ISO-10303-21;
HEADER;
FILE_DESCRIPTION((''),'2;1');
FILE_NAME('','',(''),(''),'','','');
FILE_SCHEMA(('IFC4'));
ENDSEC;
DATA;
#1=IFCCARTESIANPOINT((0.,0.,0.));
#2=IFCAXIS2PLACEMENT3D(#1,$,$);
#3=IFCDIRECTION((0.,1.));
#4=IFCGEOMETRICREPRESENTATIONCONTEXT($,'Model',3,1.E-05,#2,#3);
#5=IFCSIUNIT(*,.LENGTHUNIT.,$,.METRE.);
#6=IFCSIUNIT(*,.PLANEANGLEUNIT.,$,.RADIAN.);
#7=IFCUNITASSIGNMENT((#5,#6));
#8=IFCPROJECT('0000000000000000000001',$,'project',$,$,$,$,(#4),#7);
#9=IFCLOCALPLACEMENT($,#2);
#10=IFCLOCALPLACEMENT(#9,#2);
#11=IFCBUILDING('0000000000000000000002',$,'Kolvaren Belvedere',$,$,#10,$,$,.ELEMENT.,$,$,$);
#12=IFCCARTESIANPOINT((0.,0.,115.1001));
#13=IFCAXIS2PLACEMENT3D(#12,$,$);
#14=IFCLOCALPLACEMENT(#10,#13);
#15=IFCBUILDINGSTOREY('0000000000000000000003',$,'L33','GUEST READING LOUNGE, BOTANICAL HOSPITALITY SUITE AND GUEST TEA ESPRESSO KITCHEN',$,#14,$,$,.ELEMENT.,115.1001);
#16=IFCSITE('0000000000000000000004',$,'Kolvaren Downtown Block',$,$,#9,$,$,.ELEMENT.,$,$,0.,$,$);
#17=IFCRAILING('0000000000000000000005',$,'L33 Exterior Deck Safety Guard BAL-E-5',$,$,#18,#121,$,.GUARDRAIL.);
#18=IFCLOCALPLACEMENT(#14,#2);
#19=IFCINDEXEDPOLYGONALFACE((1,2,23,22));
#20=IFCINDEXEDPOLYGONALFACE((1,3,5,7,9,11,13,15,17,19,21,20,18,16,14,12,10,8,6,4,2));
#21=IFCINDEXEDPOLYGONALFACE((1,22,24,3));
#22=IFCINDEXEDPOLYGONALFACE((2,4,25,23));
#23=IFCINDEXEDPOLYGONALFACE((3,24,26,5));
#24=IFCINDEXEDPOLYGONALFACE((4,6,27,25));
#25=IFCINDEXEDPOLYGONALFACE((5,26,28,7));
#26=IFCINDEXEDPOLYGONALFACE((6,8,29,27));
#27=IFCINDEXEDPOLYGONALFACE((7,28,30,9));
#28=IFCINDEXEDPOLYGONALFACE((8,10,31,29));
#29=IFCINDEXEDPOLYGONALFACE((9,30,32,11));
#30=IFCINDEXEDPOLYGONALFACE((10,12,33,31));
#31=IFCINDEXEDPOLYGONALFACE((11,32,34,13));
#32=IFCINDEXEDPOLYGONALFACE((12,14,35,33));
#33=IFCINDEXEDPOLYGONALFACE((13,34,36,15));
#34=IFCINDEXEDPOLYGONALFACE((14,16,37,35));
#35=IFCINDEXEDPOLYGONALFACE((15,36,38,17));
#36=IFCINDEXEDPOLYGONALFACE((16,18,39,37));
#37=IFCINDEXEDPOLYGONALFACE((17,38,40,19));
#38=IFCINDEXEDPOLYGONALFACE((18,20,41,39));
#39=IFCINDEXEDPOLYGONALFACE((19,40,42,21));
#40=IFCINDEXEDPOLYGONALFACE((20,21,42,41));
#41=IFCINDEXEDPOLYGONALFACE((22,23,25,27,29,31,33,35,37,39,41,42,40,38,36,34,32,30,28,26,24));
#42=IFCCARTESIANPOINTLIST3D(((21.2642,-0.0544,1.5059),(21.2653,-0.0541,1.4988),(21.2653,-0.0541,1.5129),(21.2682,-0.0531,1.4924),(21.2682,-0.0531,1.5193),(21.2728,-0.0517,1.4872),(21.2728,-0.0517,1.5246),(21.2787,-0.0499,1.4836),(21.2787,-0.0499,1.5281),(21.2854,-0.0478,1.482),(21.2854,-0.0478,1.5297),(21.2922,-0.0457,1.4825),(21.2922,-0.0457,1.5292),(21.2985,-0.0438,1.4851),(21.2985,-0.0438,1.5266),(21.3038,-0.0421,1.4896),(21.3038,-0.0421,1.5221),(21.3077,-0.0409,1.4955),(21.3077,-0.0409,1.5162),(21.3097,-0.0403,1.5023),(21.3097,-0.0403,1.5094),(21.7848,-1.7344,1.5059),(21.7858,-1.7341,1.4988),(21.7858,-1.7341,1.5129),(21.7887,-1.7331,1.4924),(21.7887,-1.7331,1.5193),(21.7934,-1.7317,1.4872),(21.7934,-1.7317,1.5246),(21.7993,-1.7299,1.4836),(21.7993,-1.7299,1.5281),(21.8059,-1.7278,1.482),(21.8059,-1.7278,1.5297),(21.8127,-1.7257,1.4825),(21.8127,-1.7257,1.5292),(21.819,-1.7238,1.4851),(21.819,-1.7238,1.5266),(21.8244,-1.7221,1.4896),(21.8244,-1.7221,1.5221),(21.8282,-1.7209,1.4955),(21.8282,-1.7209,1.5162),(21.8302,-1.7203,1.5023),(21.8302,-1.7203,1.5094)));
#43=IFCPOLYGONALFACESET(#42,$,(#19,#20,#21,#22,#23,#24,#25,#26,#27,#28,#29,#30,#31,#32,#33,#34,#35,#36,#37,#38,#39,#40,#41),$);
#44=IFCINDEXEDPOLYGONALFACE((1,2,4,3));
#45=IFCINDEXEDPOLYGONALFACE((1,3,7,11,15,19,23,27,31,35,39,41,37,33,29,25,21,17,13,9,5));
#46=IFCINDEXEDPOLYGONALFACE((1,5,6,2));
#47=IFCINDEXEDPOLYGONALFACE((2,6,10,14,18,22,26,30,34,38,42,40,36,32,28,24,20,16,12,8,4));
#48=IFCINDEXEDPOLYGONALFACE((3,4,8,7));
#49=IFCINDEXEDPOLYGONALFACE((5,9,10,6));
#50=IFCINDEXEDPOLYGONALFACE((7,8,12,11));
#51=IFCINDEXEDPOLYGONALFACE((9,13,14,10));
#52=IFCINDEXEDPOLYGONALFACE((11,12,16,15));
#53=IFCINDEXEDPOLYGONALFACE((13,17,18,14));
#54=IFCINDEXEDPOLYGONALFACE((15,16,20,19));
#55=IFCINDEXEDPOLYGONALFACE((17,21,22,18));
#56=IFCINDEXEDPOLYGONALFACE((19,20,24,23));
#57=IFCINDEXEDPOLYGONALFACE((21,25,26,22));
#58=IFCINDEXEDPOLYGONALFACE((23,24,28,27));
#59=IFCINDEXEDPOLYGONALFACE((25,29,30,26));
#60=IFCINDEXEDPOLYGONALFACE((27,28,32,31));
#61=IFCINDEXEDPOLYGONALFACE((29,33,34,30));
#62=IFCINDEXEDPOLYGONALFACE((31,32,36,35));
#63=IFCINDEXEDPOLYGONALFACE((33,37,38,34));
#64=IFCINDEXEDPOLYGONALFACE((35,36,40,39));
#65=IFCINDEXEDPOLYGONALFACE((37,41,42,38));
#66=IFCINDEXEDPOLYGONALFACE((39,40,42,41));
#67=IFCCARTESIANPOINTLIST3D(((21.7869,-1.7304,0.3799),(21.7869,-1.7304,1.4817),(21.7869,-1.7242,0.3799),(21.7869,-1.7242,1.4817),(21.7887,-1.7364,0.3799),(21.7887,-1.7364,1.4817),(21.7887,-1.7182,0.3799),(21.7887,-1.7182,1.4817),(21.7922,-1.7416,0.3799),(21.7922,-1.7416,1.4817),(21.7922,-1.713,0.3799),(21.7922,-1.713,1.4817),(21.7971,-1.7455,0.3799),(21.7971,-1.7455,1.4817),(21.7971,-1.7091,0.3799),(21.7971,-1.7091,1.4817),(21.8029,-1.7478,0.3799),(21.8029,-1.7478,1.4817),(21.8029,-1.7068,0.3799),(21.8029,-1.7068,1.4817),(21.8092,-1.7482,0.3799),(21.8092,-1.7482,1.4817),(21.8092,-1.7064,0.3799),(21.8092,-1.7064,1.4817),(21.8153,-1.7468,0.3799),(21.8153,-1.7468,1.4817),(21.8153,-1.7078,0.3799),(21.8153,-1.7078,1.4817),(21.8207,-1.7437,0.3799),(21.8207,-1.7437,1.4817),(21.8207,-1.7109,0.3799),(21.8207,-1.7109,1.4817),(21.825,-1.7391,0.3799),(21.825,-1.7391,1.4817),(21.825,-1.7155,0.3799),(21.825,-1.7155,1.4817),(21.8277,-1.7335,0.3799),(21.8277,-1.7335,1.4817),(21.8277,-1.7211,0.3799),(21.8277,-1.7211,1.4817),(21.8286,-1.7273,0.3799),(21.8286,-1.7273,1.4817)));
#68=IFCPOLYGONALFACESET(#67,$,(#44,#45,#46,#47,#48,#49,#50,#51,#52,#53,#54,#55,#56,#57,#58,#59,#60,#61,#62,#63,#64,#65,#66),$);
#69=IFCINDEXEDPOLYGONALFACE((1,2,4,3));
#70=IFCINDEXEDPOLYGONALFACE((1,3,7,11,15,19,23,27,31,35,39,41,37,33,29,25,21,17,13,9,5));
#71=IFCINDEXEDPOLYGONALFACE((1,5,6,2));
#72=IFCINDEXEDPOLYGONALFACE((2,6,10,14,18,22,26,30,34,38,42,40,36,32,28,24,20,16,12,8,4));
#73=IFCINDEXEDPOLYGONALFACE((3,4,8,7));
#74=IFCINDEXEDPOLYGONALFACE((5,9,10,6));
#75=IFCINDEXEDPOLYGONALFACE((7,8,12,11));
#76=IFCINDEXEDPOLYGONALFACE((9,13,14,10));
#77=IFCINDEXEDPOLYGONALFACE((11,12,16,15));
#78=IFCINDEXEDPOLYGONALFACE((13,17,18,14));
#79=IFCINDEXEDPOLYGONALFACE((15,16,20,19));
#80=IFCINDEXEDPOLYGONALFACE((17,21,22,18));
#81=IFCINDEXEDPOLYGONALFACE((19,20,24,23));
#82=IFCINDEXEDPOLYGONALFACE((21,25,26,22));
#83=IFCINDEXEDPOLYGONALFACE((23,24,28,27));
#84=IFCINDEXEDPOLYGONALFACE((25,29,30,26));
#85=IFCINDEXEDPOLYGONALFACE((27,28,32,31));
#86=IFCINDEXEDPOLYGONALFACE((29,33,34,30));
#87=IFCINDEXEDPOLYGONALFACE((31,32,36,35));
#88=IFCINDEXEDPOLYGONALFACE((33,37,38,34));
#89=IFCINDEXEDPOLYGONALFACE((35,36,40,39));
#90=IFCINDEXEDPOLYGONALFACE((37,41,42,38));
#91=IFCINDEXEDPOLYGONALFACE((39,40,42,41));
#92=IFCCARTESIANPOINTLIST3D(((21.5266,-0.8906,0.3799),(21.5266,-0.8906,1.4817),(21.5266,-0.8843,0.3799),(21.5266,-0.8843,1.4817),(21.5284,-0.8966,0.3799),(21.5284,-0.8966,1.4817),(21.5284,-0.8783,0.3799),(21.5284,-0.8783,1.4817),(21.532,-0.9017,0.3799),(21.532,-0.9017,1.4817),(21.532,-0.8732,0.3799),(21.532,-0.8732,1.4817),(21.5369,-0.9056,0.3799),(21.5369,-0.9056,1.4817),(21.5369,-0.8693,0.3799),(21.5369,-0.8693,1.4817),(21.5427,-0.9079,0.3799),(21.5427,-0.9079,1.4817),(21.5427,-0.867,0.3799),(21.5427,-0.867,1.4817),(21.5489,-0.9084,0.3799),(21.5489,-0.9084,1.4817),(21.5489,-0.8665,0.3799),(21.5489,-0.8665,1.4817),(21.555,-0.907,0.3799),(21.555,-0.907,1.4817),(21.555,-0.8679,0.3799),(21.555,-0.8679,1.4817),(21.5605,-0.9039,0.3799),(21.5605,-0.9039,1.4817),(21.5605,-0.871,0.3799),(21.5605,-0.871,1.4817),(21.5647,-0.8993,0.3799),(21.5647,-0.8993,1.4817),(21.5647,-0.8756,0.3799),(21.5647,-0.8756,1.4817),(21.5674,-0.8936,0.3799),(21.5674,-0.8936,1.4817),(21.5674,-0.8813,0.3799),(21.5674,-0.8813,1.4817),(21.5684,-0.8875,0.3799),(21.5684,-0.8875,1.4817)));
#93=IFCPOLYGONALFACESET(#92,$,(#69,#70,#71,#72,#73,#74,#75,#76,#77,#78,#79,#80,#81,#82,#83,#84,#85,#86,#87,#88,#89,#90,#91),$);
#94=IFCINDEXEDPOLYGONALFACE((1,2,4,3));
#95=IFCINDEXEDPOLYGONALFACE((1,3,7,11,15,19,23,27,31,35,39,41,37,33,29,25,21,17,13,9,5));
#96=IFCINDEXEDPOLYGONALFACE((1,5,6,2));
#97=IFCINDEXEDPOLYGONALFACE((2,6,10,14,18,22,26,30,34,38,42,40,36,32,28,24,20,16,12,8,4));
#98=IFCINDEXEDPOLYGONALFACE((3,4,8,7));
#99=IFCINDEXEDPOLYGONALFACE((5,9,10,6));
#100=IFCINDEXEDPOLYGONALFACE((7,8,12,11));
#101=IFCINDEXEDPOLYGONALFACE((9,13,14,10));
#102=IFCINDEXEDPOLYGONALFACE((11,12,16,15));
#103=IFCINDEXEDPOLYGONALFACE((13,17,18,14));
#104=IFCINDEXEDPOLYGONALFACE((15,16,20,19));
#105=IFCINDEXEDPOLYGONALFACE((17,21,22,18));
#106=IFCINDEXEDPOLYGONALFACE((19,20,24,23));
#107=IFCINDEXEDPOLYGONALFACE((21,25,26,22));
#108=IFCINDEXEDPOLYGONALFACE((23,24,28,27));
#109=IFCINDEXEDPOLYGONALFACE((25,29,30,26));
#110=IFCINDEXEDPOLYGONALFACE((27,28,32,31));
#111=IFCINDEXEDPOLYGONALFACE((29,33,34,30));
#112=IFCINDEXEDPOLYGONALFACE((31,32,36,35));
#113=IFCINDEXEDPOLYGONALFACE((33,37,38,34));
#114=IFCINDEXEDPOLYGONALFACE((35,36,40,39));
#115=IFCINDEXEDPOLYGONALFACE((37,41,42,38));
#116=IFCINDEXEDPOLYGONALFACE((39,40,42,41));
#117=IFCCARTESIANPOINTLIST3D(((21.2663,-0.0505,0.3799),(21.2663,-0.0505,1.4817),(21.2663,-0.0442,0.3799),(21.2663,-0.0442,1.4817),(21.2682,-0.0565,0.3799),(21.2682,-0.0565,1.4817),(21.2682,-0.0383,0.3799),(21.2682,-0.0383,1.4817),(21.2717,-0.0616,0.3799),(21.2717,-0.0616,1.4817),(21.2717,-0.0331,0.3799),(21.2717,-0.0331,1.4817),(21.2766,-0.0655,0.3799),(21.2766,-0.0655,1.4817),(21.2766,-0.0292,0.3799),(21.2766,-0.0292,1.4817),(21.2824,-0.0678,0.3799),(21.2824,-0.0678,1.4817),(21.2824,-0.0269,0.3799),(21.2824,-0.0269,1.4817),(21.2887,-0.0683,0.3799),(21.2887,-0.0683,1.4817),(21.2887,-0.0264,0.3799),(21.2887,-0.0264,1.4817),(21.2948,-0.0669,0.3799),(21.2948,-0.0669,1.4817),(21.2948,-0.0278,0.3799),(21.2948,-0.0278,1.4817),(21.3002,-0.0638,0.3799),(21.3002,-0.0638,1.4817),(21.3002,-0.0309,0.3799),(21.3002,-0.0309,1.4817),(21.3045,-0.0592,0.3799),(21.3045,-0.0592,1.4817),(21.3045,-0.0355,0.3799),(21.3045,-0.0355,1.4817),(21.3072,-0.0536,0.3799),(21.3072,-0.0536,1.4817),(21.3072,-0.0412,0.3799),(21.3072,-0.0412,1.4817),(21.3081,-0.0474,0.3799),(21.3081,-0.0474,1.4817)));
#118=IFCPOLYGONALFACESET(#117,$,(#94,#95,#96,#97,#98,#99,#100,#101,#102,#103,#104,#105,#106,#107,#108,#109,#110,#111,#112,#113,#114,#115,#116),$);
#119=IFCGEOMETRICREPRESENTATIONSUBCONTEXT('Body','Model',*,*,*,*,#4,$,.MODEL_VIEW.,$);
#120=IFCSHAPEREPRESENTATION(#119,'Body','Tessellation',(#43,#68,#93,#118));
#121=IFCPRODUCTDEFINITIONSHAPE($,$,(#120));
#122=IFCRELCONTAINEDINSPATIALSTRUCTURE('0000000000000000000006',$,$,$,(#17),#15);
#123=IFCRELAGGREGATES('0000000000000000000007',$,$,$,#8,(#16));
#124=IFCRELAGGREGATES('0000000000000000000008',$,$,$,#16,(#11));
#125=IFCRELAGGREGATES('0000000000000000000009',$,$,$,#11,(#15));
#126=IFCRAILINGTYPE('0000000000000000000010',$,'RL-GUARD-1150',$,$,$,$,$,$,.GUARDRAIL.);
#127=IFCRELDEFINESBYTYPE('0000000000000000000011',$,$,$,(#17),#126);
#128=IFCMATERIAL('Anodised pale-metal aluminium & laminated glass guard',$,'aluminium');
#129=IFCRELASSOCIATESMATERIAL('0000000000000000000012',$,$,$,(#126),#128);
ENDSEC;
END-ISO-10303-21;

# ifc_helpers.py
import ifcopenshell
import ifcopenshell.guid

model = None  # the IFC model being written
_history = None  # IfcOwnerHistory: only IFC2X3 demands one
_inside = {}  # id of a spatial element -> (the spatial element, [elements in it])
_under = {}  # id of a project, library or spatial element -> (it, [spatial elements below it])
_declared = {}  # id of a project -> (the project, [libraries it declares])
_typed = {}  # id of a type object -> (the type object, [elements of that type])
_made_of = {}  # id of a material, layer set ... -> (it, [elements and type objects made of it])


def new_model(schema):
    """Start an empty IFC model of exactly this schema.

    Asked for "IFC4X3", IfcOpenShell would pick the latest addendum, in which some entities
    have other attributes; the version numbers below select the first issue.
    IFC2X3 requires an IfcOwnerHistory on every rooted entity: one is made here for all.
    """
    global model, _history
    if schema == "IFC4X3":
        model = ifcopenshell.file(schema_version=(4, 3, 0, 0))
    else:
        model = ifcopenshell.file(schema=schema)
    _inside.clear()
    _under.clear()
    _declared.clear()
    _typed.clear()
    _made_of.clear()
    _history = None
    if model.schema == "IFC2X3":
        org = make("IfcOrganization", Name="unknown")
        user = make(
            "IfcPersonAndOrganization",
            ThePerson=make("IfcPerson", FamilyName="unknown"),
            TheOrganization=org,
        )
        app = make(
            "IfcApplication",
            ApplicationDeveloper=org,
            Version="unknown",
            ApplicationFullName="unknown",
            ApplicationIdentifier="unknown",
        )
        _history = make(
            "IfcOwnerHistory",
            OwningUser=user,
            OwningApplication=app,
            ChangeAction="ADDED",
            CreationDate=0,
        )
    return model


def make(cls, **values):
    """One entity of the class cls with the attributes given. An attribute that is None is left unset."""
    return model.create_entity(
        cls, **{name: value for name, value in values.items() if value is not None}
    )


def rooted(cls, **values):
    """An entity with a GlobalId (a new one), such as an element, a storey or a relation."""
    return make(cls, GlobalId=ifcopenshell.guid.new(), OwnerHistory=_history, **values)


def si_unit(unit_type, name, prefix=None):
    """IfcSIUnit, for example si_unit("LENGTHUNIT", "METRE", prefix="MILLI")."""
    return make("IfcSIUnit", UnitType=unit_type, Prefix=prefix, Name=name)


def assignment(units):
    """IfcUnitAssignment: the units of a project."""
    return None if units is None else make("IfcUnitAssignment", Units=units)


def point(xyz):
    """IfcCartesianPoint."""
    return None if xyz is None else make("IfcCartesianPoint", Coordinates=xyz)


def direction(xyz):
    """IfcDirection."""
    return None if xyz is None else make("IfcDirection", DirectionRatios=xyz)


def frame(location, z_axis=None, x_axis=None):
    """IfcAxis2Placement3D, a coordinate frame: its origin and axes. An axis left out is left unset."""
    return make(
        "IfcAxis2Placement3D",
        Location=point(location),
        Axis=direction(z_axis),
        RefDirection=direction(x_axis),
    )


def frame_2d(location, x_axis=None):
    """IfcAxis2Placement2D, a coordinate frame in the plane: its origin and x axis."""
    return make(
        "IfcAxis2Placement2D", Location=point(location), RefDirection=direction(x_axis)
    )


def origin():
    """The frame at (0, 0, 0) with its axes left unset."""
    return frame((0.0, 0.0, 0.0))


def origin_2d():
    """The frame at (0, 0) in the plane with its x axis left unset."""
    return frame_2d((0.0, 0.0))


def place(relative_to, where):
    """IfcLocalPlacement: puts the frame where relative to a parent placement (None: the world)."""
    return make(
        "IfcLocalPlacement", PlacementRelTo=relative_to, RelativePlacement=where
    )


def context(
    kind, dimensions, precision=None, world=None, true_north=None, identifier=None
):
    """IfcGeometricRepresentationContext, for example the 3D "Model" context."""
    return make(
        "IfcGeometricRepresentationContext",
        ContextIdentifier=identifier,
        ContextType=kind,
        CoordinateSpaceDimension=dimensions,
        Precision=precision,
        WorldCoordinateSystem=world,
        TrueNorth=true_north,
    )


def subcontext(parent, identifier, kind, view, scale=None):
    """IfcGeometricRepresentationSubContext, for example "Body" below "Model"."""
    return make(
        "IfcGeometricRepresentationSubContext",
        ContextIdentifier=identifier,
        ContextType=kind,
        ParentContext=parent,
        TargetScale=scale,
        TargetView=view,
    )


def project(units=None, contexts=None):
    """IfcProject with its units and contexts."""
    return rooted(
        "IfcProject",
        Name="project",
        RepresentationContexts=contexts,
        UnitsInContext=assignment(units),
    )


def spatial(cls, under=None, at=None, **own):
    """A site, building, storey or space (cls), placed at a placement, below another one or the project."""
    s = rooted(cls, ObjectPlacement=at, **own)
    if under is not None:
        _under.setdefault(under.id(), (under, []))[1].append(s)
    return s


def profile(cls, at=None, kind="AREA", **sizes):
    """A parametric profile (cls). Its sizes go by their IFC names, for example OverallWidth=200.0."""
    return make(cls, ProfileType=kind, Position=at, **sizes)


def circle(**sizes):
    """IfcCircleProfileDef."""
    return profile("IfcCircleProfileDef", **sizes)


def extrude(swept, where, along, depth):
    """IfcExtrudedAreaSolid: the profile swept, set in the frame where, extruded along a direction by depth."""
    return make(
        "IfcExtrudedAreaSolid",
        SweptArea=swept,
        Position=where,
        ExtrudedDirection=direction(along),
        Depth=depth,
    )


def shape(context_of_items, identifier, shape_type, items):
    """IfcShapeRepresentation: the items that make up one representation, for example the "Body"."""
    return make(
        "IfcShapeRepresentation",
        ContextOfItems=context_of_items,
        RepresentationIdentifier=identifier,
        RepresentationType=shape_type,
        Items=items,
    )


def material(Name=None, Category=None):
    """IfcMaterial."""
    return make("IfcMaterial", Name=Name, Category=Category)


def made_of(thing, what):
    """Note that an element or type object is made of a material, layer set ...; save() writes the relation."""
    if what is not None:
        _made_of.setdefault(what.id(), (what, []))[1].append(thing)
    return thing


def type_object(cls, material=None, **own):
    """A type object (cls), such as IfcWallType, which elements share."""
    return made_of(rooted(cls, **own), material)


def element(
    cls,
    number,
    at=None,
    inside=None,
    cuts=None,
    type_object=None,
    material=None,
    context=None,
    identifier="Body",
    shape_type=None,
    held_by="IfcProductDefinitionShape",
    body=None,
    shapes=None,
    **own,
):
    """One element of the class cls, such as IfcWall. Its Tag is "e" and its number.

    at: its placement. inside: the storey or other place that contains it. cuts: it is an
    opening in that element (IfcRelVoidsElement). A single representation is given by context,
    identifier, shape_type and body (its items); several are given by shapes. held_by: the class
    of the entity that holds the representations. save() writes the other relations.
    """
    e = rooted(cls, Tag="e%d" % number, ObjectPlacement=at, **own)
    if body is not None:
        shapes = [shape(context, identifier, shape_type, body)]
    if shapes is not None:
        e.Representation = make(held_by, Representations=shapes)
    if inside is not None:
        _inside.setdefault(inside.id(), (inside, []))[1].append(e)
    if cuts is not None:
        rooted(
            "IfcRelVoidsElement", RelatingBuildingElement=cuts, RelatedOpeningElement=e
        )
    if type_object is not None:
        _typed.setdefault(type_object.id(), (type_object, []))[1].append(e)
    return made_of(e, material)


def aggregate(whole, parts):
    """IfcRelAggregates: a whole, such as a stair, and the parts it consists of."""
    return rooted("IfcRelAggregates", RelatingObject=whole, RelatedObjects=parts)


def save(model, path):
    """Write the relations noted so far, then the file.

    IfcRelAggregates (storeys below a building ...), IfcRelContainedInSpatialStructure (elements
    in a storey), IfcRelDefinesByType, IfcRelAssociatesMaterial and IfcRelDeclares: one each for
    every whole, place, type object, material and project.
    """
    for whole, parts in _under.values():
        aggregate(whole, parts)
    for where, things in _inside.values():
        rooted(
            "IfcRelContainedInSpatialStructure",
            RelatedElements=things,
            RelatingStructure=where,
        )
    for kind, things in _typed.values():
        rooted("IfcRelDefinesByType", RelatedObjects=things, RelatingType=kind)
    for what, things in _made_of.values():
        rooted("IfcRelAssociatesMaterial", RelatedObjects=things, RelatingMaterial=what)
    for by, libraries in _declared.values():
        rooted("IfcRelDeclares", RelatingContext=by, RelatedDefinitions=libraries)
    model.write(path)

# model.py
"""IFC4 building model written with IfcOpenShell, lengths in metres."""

from ifc_helpers import new_model, si_unit, direction, frame, origin, origin_2d, place, context, subcontext, project, spatial, circle, extrude, material, type_object, element, save


model = new_model("IFC4")

# Units and contexts
model_context = context("Model", 3, precision=1e-05, world=origin(), true_north=direction((0.0, 1.0)))
body_context = subcontext(model_context, "Body", "Model", "MODEL_VIEW")
ifc_project = project(units=[si_unit("LENGTHUNIT", "METRE"), si_unit("PLANEANGLEUNIT", "RADIAN")], contexts=[model_context])

# Site, building, storey
site_placement = place(None, origin())
site = spatial("IfcSite", under=ifc_project, at=site_placement, Name="Kolvaren Downtown Block", CompositionType="ELEMENT", RefElevation=0.0)
building_placement = place(site_placement, origin())
building = spatial("IfcBuilding", under=site, at=building_placement, Name="Kolvaren Belvedere", CompositionType="ELEMENT")
storey_placement = place(building_placement, frame((0.0, 0.0, 115.1001)))
storey = spatial("IfcBuildingStorey", under=building, at=storey_placement, Name="L33", Description="GUEST READING LOUNGE, BOTANICAL HOSPITALITY SUITE AND GUEST TEA ESPRESSO KITCHEN", CompositionType="ELEMENT", Elevation=115.1001)

# Railing
ifc_material_1 = material(Name="Anodised pale-metal aluminium & laminated glass guard", Category="aluminium")
railing_type = type_object("IfcRailingType", Name="RL-GUARD-1150", PredefinedType="GUARDRAIL", material=ifc_material_1)
railing_1_placement = place(storey_placement, frame((21.8076, -1.7273, 0.3799)))
element("IfcRailing", 1, at=railing_1_placement, inside=storey, type_object=railing_type, Name="L33 Exterior Deck Safety Guard BAL-E-5", PredefinedType="GUARDRAIL", context=body_context, shape_type="SweptSolid", body=[
    extrude(circle(Radius=0.0239, at=origin_2d()), frame((0.0, 0.0, 1.126), z_axis=(-0.295958, 0.955201, 0.0), x_axis=(-0.955201, -0.295958, 0.0)), (0.0, 0.0, 1.0), 1.7588),
    extrude(circle(Radius=0.021, at=origin_2d()), origin(), (0.0, 0.0, 1.0), 1.1018),
    extrude(circle(Radius=0.021, at=origin_2d()), frame((-0.2603, 0.8398, 0.0)), (0.0, 0.0, 1.0), 1.1018),
    extrude(circle(Radius=0.021, at=origin_2d()), frame((-0.5205, 1.6799, 0.0)), (0.0, 0.0, 1.0), 1.1018),
])

save(model, "model.ifc")
